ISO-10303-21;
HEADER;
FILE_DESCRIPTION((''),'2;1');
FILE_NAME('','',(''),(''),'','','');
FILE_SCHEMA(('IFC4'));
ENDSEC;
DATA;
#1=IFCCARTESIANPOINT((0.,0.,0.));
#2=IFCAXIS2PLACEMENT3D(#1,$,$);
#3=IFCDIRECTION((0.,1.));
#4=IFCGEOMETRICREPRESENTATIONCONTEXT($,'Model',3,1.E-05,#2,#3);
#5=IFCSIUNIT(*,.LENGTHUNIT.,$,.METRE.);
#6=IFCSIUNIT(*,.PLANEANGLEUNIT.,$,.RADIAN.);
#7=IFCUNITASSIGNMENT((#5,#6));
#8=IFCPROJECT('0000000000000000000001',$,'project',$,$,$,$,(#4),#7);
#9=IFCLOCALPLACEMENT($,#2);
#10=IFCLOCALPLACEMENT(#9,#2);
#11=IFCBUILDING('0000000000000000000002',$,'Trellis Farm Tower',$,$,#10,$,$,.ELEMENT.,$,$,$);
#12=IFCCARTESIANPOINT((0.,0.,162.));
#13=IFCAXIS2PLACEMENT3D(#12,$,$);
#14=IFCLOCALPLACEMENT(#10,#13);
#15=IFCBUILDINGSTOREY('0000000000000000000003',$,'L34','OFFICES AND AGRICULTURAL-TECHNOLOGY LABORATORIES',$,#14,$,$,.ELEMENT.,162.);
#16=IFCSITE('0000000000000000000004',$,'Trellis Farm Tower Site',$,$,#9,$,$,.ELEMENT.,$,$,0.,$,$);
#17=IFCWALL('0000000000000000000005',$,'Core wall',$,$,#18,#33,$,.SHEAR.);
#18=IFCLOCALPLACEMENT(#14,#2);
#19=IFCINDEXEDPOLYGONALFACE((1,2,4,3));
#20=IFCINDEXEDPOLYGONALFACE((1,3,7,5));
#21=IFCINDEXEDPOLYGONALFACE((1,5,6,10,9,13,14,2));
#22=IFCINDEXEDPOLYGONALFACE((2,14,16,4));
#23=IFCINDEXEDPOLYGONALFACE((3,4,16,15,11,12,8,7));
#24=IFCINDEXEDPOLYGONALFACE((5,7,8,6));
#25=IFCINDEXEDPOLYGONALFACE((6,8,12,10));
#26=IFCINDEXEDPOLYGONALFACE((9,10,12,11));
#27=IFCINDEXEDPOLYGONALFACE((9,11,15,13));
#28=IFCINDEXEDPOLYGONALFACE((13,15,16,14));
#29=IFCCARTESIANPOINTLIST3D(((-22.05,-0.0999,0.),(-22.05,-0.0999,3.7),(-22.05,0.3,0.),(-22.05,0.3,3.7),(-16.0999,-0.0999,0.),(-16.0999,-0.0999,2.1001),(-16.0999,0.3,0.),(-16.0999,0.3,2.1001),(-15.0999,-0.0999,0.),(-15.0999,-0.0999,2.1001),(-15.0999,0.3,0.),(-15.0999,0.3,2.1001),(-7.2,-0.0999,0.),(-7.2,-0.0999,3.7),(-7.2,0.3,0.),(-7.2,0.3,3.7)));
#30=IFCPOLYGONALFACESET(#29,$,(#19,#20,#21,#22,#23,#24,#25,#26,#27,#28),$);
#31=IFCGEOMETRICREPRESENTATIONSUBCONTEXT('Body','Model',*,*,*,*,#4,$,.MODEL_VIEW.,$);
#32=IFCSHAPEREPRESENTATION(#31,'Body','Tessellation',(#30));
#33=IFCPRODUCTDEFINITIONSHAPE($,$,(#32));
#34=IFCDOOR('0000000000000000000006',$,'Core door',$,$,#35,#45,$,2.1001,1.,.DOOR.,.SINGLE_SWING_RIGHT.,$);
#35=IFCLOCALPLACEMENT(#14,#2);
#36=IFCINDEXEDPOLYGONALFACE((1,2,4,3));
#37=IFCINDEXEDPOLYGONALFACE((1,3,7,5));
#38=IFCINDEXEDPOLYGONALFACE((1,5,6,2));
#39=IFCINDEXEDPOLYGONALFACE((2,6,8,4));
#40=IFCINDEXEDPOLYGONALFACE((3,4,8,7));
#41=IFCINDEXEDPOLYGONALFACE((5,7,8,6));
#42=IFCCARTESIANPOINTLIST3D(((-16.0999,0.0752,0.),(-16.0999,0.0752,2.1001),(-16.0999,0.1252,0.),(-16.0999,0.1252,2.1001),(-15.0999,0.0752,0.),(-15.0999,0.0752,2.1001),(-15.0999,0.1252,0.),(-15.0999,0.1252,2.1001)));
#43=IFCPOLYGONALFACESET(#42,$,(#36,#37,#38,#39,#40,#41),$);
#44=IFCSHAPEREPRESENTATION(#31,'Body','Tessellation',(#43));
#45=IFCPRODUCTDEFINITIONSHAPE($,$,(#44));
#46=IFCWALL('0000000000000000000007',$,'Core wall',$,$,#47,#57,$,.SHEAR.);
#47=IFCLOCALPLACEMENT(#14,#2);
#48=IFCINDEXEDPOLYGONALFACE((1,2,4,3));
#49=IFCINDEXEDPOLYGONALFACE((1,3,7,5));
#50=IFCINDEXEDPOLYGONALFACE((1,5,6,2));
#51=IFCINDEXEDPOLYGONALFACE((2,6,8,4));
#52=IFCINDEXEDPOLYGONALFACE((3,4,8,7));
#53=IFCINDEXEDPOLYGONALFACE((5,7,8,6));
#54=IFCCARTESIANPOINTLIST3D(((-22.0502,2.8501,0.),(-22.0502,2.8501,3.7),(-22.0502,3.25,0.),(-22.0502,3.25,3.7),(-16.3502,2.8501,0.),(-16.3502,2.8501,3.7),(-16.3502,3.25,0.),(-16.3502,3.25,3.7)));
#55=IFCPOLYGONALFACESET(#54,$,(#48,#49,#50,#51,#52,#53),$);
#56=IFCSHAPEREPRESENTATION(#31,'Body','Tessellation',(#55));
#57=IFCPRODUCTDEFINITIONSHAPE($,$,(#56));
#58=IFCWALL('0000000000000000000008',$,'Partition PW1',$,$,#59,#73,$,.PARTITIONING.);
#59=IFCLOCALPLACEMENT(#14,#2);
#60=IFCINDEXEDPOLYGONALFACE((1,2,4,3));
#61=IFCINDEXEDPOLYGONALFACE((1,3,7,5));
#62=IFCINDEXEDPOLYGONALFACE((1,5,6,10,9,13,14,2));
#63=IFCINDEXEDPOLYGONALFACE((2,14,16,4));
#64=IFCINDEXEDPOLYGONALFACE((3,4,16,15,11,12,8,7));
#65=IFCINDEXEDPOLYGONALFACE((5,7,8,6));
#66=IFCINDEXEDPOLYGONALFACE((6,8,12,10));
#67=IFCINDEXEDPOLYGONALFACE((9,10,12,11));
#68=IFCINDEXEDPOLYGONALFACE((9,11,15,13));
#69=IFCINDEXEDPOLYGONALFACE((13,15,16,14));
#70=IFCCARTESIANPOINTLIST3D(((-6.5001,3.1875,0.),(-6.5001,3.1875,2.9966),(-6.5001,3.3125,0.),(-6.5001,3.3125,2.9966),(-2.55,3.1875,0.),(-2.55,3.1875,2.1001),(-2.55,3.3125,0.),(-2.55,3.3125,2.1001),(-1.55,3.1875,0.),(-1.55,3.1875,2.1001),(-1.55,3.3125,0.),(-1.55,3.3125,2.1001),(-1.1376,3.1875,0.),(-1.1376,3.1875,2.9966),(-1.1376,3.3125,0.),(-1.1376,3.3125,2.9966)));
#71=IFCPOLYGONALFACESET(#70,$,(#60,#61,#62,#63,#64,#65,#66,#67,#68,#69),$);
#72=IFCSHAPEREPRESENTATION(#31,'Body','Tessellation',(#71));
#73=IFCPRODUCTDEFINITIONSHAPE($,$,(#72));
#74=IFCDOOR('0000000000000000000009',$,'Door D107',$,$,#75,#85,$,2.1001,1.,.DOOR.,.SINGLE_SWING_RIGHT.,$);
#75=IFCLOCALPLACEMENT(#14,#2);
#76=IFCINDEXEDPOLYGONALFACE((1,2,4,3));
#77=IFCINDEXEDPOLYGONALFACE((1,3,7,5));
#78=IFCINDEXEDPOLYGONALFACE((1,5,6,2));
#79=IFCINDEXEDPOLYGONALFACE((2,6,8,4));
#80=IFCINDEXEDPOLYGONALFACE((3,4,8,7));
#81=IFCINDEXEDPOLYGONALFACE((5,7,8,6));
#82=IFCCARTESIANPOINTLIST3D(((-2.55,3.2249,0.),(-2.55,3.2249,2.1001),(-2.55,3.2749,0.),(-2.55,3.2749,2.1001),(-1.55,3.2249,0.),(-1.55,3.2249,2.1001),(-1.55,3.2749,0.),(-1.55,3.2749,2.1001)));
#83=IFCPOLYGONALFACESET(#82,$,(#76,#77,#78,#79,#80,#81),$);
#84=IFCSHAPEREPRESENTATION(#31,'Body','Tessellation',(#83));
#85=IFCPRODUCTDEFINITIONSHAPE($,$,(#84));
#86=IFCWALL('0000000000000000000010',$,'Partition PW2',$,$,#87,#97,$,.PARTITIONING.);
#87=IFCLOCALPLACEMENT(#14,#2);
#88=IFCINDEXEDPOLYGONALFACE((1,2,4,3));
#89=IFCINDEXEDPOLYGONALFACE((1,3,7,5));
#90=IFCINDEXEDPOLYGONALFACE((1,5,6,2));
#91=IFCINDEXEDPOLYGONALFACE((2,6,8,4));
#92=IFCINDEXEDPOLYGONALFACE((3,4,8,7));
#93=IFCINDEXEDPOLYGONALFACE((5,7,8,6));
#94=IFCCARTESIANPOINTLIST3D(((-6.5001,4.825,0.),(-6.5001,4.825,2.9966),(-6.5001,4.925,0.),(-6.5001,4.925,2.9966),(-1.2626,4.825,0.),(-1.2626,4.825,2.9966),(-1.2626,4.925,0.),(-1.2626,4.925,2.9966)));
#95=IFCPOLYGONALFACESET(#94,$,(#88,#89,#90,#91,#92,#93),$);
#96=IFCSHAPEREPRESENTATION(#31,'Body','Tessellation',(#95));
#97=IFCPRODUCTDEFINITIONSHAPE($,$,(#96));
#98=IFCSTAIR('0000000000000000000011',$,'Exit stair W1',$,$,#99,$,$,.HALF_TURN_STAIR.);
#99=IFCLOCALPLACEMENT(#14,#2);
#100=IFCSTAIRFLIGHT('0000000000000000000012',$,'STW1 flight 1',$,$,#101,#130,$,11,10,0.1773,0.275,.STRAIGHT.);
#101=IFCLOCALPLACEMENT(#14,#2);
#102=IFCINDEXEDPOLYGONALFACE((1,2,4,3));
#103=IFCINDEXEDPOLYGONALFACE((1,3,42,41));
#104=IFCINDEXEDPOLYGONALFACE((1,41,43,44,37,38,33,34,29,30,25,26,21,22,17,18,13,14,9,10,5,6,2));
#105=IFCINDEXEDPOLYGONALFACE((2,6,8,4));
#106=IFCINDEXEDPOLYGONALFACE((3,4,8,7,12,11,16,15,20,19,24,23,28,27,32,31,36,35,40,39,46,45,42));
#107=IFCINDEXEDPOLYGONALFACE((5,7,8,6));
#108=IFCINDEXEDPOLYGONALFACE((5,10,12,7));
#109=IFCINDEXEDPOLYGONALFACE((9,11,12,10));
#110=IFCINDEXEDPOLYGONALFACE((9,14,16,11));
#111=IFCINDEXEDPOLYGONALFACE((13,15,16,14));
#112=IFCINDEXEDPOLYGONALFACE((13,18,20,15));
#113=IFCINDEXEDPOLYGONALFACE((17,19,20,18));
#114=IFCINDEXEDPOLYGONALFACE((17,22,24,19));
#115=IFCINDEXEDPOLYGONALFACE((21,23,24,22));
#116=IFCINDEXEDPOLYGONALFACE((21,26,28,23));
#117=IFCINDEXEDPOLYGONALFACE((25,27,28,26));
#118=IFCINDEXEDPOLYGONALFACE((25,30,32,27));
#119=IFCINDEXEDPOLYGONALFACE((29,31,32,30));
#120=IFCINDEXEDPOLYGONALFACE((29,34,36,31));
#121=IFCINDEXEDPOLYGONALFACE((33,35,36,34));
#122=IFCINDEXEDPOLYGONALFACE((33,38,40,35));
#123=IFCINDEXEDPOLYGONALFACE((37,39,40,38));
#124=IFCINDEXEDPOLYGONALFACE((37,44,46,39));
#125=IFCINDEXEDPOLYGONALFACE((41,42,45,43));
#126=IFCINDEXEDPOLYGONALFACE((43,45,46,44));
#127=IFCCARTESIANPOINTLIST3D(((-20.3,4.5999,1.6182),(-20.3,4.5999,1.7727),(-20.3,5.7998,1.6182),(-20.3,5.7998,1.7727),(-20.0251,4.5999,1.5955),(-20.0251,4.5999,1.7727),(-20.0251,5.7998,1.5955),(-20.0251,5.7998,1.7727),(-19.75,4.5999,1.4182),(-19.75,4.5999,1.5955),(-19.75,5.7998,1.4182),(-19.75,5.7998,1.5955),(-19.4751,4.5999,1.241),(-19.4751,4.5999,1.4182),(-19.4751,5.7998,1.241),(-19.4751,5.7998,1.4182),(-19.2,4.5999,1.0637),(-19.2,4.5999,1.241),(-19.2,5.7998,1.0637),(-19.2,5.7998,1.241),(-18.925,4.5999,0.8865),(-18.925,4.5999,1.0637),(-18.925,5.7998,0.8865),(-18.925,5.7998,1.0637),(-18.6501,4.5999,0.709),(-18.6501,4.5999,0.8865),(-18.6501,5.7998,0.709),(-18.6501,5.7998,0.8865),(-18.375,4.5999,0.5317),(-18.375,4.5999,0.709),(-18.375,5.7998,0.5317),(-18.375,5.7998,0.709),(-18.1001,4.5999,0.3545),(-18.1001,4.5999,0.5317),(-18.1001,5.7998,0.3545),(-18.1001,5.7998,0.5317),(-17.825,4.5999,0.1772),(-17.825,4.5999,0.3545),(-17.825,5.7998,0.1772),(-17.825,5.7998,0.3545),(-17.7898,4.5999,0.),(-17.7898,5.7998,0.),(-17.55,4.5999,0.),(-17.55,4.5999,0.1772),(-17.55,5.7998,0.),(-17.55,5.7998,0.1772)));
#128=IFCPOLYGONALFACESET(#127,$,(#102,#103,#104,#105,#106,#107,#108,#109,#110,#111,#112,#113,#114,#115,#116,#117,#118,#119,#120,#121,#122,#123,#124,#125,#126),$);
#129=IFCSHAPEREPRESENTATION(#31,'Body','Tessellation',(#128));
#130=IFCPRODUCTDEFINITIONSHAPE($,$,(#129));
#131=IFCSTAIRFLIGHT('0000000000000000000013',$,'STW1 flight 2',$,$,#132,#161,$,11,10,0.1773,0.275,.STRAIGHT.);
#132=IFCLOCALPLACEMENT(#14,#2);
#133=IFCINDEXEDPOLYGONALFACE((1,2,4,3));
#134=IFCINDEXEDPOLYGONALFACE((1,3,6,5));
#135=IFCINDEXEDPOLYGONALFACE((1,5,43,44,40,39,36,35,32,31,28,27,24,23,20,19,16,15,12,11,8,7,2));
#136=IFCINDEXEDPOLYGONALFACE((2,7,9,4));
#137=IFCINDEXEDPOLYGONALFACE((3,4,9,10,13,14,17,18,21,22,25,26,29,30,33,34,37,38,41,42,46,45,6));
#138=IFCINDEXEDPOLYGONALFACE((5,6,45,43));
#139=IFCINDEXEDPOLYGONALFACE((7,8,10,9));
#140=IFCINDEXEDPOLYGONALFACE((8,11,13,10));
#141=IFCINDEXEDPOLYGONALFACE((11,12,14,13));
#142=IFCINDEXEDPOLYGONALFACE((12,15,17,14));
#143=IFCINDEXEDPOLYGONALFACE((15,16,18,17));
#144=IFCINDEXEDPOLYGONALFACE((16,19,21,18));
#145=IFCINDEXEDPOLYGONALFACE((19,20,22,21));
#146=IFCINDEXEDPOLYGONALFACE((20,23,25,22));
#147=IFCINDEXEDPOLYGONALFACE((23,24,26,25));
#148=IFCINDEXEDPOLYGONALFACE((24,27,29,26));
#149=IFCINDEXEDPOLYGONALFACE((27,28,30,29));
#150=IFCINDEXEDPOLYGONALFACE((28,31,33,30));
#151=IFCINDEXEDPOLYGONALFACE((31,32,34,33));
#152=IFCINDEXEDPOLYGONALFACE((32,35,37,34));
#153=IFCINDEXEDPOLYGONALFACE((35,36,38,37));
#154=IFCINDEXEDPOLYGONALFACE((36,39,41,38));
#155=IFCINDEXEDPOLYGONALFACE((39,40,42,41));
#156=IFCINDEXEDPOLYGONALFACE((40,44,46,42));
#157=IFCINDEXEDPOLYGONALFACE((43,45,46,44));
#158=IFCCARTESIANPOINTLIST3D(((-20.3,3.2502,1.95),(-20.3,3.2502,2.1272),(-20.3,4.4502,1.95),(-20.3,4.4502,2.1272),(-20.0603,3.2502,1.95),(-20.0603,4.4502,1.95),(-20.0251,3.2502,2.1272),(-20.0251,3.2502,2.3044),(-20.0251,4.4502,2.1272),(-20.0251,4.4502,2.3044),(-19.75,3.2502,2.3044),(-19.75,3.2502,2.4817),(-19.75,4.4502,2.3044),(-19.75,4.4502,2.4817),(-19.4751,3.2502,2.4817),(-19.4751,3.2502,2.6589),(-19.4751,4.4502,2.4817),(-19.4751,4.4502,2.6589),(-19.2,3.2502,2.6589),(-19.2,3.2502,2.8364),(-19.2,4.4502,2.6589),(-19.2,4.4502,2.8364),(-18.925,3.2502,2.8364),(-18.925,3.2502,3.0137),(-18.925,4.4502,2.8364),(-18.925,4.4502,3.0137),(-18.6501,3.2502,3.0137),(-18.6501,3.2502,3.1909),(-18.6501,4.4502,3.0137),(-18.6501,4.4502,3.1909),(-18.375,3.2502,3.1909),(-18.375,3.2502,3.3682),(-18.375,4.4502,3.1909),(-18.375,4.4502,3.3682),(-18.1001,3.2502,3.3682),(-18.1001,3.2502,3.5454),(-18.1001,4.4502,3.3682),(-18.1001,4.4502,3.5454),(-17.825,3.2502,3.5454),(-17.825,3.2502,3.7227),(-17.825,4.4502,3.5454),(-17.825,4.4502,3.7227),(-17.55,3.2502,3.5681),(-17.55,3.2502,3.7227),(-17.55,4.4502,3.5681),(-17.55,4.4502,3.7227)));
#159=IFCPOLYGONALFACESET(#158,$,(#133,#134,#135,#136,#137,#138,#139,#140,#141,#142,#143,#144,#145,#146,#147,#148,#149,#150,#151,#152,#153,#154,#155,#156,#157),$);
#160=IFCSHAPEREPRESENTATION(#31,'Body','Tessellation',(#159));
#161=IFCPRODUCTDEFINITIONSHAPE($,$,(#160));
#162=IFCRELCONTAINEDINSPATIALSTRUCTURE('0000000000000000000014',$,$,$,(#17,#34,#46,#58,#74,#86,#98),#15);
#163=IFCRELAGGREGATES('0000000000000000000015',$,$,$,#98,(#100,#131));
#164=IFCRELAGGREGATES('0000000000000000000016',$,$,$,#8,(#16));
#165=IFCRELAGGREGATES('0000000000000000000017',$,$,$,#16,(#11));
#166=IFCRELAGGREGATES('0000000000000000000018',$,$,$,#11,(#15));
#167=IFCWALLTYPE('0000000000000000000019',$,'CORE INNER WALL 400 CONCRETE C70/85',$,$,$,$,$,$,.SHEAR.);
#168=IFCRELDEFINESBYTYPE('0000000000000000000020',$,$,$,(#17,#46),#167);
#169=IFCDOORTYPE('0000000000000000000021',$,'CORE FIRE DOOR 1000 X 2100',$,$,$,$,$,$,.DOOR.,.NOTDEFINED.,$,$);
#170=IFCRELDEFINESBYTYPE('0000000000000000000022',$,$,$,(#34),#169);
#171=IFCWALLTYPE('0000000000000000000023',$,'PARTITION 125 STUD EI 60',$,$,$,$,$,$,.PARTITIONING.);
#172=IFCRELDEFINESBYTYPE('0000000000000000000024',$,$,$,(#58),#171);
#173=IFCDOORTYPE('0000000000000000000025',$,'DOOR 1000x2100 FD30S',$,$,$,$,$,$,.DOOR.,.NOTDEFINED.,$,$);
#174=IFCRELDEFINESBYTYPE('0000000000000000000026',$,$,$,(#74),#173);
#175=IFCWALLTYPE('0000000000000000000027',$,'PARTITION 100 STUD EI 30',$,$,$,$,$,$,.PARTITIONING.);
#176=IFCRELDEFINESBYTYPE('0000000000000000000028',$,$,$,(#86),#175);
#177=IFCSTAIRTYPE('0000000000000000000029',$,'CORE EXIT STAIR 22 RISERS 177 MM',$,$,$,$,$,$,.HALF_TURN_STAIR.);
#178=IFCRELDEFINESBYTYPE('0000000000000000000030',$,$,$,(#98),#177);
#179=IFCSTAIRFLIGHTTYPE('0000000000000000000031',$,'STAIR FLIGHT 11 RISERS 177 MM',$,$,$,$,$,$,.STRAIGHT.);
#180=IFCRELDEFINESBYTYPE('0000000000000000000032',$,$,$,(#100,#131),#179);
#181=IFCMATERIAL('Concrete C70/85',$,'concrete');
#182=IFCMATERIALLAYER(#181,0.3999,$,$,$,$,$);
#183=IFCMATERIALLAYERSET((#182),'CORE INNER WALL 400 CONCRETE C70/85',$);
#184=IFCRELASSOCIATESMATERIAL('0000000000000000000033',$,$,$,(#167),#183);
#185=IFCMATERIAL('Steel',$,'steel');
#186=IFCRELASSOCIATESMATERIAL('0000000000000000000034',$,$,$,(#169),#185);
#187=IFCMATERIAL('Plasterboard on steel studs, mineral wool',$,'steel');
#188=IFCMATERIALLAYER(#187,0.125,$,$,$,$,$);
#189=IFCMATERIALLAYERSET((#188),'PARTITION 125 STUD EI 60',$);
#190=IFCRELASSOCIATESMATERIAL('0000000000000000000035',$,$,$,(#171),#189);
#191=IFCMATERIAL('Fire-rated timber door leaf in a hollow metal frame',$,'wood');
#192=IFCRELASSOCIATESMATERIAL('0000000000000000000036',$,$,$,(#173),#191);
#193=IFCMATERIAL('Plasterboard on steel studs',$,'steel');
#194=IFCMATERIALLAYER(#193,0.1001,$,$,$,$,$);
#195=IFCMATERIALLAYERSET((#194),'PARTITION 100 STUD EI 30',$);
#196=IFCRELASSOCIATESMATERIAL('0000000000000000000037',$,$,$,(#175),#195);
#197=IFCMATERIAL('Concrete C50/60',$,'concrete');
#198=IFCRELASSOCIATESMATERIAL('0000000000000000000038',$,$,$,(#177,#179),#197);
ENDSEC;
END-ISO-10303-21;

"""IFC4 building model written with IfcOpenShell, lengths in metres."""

from ifc_helpers import new_model, si_unit, direction, frame, frame_2d, origin, place, context, subcontext, project, spatial, polyline, rectangle, outline, extrude, source, transform, mapped, material, layer, layer_set, type_object, element, fill, aggregate, save


model = new_model("IFC4")

# Units and contexts
model_context = context("Model", 3, precision=1e-05, world=origin(), true_north=direction((0.0, 1.0)))
body_context = subcontext(model_context, "Body", "Model", "MODEL_VIEW")
ifc_project = project(units=[si_unit("LENGTHUNIT", "METRE"), si_unit("PLANEANGLEUNIT", "RADIAN")], contexts=[model_context])

# Site, building, storey
site_placement = place(None, origin())
site = spatial("IfcSite", under=ifc_project, at=site_placement, Name="Trellis Farm Tower Site", CompositionType="ELEMENT", RefElevation=0.0)
building_placement = place(site_placement, origin())
building = spatial("IfcBuilding", under=site, at=building_placement, Name="Trellis Farm Tower", CompositionType="ELEMENT")
storey_placement = place(building_placement, frame((0.0, 0.0, 162.0)))
storey = spatial("IfcBuildingStorey", under=building, at=storey_placement, Name="L34", Description="OFFICES AND AGRICULTURAL-TECHNOLOGY LABORATORIES", CompositionType="ELEMENT", Elevation=162.0)

# Shared definitions
ifc_material_1 = material(Name="Concrete C70/85", Category="concrete")

# Shared definitions
placement = place(storey_placement, origin())

# Shared definitions
ifc_layer_1 = layer(ifc_material_1, 0.3999)
ifc_layer_set_1 = layer_set([ifc_layer_1], Name="CORE INNER WALL 400 CONCRETE C70/85")
wall_type_1 = type_object("IfcWallType", Name="CORE INNER WALL 400 CONCRETE C70/85", PredefinedType="SHEAR", material=ifc_layer_set_1)
shared_shape_1 = source(origin(), body_context, "Body", "SweptSolid", [
    extrude(rectangle(XDim=1.0, YDim=2.1001, at=frame_2d((0.5, 1.05))), frame((0.0, 0.21, 0.0), z_axis=(0.0, -1.0, 0.0), x_axis=(1.0, 0.0, 0.0)), (0.0, 0.0, 1.0), 0.4199),
])
ifc_material_2 = material(Name="Steel", Category="steel")
door_type_1 = type_object("IfcDoorType", Name="CORE FIRE DOOR 1000 X 2100", OperationType="NOTDEFINED", PredefinedType="DOOR", material=ifc_material_2)
shared_shape_2 = source(origin(), body_context, "Body", "SweptSolid", [
    extrude(rectangle(XDim=1.0, YDim=2.1001, at=frame_2d((0.5, 1.05))), frame((0.0, 0.0249, 0.0), z_axis=(0.0, -1.0, 0.0), x_axis=(1.0, 0.0, 0.0)), (0.0, 0.0, 1.0), 0.05),
])

# Wall, opening, door
shared_shape_3 = source(origin(), body_context, "Body", "SweptSolid", [
    extrude(rectangle(XDim=14.8501, YDim=0.3999, at=frame_2d((7.425, 0.0))), origin(), (0.0, 0.0, 1.0), 3.7),
])
wall_1_placement = place(storey_placement, frame((-7.2, 0.1001, 0.0), z_axis=(0.0, 0.0, 1.0), x_axis=(-1.0, 0.0, 0.0)))
wall_1 = element("IfcWall", 1, at=wall_1_placement, inside=storey, type_object=wall_type_1, Name="Core wall", PredefinedType="SHEAR", context=body_context, shape_type="MappedRepresentation", body=[
    mapped(shared_shape_3, transform((0.0, 0.0, 0.0))),
])
opening_1_placement = place(wall_1_placement, frame((7.8999, 0.0, 0.0)))
opening_1 = element("IfcOpeningElement", 2, at=opening_1_placement, cuts=wall_1, PredefinedType="OPENING", context=body_context, shape_type="MappedRepresentation", body=[
    mapped(shared_shape_1, transform((0.0, 0.0, 0.0))),
])
door_1_placement = place(opening_1_placement, origin())
door_1 = element("IfcDoor", 3, at=door_1_placement, inside=storey, type_object=door_type_1, Name="Core door", OperationType="SINGLE_SWING_RIGHT", OverallHeight=2.1001, OverallWidth=1.0, PredefinedType="DOOR", context=body_context, shape_type="MappedRepresentation", body=[
    mapped(shared_shape_2, transform((0.0, 0.0, 0.0))),
])
fill(opening_1, door_1)

# Wall
shared_shape_4 = source(origin(), body_context, "Body", "SweptSolid", [
    extrude(rectangle(XDim=5.7, YDim=0.3999, at=frame_2d((2.8501, 0.0))), origin(), (0.0, 0.0, 1.0), 3.7),
])
wall_2_placement = place(storey_placement, frame((-16.3501, 3.05, 0.0), z_axis=(0.0, 0.0, 1.0), x_axis=(-1.0, 0.0, 0.0)))
element("IfcWall", 4, at=wall_2_placement, inside=storey, type_object=wall_type_1, Name="Core wall", PredefinedType="SHEAR", context=body_context, shape_type="MappedRepresentation", body=[
    mapped(shared_shape_4, transform((0.0, 0.0, 0.0))),
])

# Wall, opening, door
ifc_material_3 = material(Name="Plasterboard on steel studs, mineral wool", Category="steel")
ifc_layer_2 = layer(ifc_material_3, 0.125)
ifc_layer_set_2 = layer_set([ifc_layer_2], Name="PARTITION 125 STUD EI 60")
wall_type_2 = type_object("IfcWallType", Name="PARTITION 125 STUD EI 60", PredefinedType="PARTITIONING", material=ifc_layer_set_2)
shared_shape_5 = source(origin(), body_context, "Body", "SweptSolid", [
    extrude(rectangle(XDim=5.3625, YDim=0.125, at=frame_2d((2.6812, 0.0))), origin(), (0.0, 0.0, 1.0), 2.9966),
])
wall_3_placement = place(storey_placement, frame((-6.5, 3.25, 0.0), z_axis=(0.0, 0.0, 1.0), x_axis=(1.0, 0.0, 0.0)))
wall_3 = element("IfcWall", 5, at=wall_3_placement, inside=storey, type_object=wall_type_2, Name="Partition PW1", PredefinedType="PARTITIONING", context=body_context, shape_type="MappedRepresentation", body=[
    mapped(shared_shape_5, transform((0.0, 0.0, 0.0))),
])
shared_shape_6 = source(origin(), body_context, "Body", "SweptSolid", [
    extrude(rectangle(XDim=1.0, YDim=2.1001, at=frame_2d((0.5, 1.05))), frame((0.0, 0.0725, 0.0), z_axis=(0.0, -1.0, 0.0), x_axis=(1.0, 0.0, 0.0)), (0.0, 0.0, 1.0), 0.145),
])
opening_2_placement = place(wall_3_placement, frame((3.95, 0.0, 0.0)))
opening_2 = element("IfcOpeningElement", 6, at=opening_2_placement, cuts=wall_3, PredefinedType="OPENING", context=body_context, shape_type="MappedRepresentation", body=[
    mapped(shared_shape_6, transform((0.0, 0.0, 0.0))),
])
ifc_material_4 = material(Name="Fire-rated timber door leaf in a hollow metal frame", Category="wood")
door_type_2 = type_object("IfcDoorType", Name="DOOR 1000x2100 FD30S", OperationType="NOTDEFINED", PredefinedType="DOOR", material=ifc_material_4)
door_2_placement = place(opening_2_placement, origin())
door_2 = element("IfcDoor", 7, at=door_2_placement, inside=storey, type_object=door_type_2, Name="Door D107", OperationType="SINGLE_SWING_RIGHT", OverallHeight=2.1001, OverallWidth=1.0, PredefinedType="DOOR", context=body_context, shape_type="MappedRepresentation", body=[
    mapped(shared_shape_2, transform((0.0, 0.0, 0.0))),
])
fill(opening_2, door_2)

# Wall
ifc_material_5 = material(Name="Plasterboard on steel studs", Category="steel")
ifc_layer_3 = layer(ifc_material_5, 0.1001)
ifc_layer_set_3 = layer_set([ifc_layer_3], Name="PARTITION 100 STUD EI 30")
wall_type_3 = type_object("IfcWallType", Name="PARTITION 100 STUD EI 30", PredefinedType="PARTITIONING", material=ifc_layer_set_3)
shared_shape_7 = source(origin(), body_context, "Body", "SweptSolid", [
    extrude(rectangle(XDim=5.2375, YDim=0.1001, at=frame_2d((2.6187, 0.0))), origin(), (0.0, 0.0, 1.0), 2.9966),
])
wall_4_placement = place(storey_placement, frame((-6.5, 4.875, 0.0), z_axis=(0.0, 0.0, 1.0), x_axis=(1.0, 0.0, 0.0)))
element("IfcWall", 8, at=wall_4_placement, inside=storey, type_object=wall_type_3, Name="Partition PW2", PredefinedType="PARTITIONING", context=body_context, shape_type="MappedRepresentation", body=[
    mapped(shared_shape_7, transform((0.0, 0.0, 0.0))),
])

# Stair, stair flights
ifc_material_6 = material(Name="Concrete C50/60", Category="concrete")
stair_type = type_object("IfcStairType", Name="CORE EXIT STAIR 22 RISERS 177 MM", PredefinedType="HALF_TURN_STAIR", material=ifc_material_6)
stair_1 = element("IfcStair", 9, at=placement, inside=storey, type_object=stair_type, Name="Exit stair W1", PredefinedType="HALF_TURN_STAIR")
stair_flight_type = type_object("IfcStairFlightType", Name="STAIR FLIGHT 11 RISERS 177 MM", PredefinedType="STRAIGHT", material=ifc_material_6)
shared_shape_8 = source(origin(), body_context, "Body", "SweptSolid", [
    extrude(outline(polyline([(0.0, 0.0), (0.0, 0.1772), (0.2749, 0.1772), (0.2749, 0.3545), (0.55, 0.3545), (0.55, 0.5317), (0.825, 0.5317), (0.825, 0.709), (1.1001, 0.709), (1.1001, 0.8865), (1.375, 0.8865), (1.375, 1.0637), (1.6499, 1.0637), (1.6499, 1.241), (1.925, 1.241), (1.925, 1.4182), (2.2, 1.4182), (2.2, 1.5955), (2.4751, 1.5955), (2.4751, 1.7727), (2.75, 1.7727), (2.75, 1.95), (2.75, 1.6182), (0.2397, 0.0), (0.0, 0.0)])), frame((0.0, 0.6001, 0.0), z_axis=(0.0, -1.0, 0.0), x_axis=(1.0, 0.0, 0.0)), (0.0, 0.0, 1.0), 1.2),
])
stair_flight_1_placement = place(storey_placement, frame((-17.55, 5.2, 0.0), z_axis=(0.0, 0.0, 1.0), x_axis=(-1.0, 0.0, 0.0)))
stair_flight_1 = element("IfcStairFlight", 10, at=stair_flight_1_placement, type_object=stair_flight_type, Name="STW1 flight 1", NumberOfRisers=11, NumberOfTreads=10, PredefinedType="STRAIGHT", RiserHeight=0.1773, TreadLength=0.275, context=body_context, shape_type="MappedRepresentation", body=[
    mapped(shared_shape_8, transform((0.0, 0.0, 0.0))),
])
stair_flight_2_placement = place(storey_placement, frame((-20.3, 3.8501, 1.95), z_axis=(0.0, 0.0, 1.0), x_axis=(1.0, 0.0, 0.0)))
stair_flight_2 = element("IfcStairFlight", 11, at=stair_flight_2_placement, type_object=stair_flight_type, Name="STW1 flight 2", NumberOfRisers=11, NumberOfTreads=10, PredefinedType="STRAIGHT", RiserHeight=0.1773, TreadLength=0.275, context=body_context, shape_type="MappedRepresentation", body=[
    mapped(shared_shape_8, transform((0.0, 0.0, 0.0))),
])
aggregate(stair_1, [stair_flight_1, stair_flight_2])

save(model, "model.ifc")
